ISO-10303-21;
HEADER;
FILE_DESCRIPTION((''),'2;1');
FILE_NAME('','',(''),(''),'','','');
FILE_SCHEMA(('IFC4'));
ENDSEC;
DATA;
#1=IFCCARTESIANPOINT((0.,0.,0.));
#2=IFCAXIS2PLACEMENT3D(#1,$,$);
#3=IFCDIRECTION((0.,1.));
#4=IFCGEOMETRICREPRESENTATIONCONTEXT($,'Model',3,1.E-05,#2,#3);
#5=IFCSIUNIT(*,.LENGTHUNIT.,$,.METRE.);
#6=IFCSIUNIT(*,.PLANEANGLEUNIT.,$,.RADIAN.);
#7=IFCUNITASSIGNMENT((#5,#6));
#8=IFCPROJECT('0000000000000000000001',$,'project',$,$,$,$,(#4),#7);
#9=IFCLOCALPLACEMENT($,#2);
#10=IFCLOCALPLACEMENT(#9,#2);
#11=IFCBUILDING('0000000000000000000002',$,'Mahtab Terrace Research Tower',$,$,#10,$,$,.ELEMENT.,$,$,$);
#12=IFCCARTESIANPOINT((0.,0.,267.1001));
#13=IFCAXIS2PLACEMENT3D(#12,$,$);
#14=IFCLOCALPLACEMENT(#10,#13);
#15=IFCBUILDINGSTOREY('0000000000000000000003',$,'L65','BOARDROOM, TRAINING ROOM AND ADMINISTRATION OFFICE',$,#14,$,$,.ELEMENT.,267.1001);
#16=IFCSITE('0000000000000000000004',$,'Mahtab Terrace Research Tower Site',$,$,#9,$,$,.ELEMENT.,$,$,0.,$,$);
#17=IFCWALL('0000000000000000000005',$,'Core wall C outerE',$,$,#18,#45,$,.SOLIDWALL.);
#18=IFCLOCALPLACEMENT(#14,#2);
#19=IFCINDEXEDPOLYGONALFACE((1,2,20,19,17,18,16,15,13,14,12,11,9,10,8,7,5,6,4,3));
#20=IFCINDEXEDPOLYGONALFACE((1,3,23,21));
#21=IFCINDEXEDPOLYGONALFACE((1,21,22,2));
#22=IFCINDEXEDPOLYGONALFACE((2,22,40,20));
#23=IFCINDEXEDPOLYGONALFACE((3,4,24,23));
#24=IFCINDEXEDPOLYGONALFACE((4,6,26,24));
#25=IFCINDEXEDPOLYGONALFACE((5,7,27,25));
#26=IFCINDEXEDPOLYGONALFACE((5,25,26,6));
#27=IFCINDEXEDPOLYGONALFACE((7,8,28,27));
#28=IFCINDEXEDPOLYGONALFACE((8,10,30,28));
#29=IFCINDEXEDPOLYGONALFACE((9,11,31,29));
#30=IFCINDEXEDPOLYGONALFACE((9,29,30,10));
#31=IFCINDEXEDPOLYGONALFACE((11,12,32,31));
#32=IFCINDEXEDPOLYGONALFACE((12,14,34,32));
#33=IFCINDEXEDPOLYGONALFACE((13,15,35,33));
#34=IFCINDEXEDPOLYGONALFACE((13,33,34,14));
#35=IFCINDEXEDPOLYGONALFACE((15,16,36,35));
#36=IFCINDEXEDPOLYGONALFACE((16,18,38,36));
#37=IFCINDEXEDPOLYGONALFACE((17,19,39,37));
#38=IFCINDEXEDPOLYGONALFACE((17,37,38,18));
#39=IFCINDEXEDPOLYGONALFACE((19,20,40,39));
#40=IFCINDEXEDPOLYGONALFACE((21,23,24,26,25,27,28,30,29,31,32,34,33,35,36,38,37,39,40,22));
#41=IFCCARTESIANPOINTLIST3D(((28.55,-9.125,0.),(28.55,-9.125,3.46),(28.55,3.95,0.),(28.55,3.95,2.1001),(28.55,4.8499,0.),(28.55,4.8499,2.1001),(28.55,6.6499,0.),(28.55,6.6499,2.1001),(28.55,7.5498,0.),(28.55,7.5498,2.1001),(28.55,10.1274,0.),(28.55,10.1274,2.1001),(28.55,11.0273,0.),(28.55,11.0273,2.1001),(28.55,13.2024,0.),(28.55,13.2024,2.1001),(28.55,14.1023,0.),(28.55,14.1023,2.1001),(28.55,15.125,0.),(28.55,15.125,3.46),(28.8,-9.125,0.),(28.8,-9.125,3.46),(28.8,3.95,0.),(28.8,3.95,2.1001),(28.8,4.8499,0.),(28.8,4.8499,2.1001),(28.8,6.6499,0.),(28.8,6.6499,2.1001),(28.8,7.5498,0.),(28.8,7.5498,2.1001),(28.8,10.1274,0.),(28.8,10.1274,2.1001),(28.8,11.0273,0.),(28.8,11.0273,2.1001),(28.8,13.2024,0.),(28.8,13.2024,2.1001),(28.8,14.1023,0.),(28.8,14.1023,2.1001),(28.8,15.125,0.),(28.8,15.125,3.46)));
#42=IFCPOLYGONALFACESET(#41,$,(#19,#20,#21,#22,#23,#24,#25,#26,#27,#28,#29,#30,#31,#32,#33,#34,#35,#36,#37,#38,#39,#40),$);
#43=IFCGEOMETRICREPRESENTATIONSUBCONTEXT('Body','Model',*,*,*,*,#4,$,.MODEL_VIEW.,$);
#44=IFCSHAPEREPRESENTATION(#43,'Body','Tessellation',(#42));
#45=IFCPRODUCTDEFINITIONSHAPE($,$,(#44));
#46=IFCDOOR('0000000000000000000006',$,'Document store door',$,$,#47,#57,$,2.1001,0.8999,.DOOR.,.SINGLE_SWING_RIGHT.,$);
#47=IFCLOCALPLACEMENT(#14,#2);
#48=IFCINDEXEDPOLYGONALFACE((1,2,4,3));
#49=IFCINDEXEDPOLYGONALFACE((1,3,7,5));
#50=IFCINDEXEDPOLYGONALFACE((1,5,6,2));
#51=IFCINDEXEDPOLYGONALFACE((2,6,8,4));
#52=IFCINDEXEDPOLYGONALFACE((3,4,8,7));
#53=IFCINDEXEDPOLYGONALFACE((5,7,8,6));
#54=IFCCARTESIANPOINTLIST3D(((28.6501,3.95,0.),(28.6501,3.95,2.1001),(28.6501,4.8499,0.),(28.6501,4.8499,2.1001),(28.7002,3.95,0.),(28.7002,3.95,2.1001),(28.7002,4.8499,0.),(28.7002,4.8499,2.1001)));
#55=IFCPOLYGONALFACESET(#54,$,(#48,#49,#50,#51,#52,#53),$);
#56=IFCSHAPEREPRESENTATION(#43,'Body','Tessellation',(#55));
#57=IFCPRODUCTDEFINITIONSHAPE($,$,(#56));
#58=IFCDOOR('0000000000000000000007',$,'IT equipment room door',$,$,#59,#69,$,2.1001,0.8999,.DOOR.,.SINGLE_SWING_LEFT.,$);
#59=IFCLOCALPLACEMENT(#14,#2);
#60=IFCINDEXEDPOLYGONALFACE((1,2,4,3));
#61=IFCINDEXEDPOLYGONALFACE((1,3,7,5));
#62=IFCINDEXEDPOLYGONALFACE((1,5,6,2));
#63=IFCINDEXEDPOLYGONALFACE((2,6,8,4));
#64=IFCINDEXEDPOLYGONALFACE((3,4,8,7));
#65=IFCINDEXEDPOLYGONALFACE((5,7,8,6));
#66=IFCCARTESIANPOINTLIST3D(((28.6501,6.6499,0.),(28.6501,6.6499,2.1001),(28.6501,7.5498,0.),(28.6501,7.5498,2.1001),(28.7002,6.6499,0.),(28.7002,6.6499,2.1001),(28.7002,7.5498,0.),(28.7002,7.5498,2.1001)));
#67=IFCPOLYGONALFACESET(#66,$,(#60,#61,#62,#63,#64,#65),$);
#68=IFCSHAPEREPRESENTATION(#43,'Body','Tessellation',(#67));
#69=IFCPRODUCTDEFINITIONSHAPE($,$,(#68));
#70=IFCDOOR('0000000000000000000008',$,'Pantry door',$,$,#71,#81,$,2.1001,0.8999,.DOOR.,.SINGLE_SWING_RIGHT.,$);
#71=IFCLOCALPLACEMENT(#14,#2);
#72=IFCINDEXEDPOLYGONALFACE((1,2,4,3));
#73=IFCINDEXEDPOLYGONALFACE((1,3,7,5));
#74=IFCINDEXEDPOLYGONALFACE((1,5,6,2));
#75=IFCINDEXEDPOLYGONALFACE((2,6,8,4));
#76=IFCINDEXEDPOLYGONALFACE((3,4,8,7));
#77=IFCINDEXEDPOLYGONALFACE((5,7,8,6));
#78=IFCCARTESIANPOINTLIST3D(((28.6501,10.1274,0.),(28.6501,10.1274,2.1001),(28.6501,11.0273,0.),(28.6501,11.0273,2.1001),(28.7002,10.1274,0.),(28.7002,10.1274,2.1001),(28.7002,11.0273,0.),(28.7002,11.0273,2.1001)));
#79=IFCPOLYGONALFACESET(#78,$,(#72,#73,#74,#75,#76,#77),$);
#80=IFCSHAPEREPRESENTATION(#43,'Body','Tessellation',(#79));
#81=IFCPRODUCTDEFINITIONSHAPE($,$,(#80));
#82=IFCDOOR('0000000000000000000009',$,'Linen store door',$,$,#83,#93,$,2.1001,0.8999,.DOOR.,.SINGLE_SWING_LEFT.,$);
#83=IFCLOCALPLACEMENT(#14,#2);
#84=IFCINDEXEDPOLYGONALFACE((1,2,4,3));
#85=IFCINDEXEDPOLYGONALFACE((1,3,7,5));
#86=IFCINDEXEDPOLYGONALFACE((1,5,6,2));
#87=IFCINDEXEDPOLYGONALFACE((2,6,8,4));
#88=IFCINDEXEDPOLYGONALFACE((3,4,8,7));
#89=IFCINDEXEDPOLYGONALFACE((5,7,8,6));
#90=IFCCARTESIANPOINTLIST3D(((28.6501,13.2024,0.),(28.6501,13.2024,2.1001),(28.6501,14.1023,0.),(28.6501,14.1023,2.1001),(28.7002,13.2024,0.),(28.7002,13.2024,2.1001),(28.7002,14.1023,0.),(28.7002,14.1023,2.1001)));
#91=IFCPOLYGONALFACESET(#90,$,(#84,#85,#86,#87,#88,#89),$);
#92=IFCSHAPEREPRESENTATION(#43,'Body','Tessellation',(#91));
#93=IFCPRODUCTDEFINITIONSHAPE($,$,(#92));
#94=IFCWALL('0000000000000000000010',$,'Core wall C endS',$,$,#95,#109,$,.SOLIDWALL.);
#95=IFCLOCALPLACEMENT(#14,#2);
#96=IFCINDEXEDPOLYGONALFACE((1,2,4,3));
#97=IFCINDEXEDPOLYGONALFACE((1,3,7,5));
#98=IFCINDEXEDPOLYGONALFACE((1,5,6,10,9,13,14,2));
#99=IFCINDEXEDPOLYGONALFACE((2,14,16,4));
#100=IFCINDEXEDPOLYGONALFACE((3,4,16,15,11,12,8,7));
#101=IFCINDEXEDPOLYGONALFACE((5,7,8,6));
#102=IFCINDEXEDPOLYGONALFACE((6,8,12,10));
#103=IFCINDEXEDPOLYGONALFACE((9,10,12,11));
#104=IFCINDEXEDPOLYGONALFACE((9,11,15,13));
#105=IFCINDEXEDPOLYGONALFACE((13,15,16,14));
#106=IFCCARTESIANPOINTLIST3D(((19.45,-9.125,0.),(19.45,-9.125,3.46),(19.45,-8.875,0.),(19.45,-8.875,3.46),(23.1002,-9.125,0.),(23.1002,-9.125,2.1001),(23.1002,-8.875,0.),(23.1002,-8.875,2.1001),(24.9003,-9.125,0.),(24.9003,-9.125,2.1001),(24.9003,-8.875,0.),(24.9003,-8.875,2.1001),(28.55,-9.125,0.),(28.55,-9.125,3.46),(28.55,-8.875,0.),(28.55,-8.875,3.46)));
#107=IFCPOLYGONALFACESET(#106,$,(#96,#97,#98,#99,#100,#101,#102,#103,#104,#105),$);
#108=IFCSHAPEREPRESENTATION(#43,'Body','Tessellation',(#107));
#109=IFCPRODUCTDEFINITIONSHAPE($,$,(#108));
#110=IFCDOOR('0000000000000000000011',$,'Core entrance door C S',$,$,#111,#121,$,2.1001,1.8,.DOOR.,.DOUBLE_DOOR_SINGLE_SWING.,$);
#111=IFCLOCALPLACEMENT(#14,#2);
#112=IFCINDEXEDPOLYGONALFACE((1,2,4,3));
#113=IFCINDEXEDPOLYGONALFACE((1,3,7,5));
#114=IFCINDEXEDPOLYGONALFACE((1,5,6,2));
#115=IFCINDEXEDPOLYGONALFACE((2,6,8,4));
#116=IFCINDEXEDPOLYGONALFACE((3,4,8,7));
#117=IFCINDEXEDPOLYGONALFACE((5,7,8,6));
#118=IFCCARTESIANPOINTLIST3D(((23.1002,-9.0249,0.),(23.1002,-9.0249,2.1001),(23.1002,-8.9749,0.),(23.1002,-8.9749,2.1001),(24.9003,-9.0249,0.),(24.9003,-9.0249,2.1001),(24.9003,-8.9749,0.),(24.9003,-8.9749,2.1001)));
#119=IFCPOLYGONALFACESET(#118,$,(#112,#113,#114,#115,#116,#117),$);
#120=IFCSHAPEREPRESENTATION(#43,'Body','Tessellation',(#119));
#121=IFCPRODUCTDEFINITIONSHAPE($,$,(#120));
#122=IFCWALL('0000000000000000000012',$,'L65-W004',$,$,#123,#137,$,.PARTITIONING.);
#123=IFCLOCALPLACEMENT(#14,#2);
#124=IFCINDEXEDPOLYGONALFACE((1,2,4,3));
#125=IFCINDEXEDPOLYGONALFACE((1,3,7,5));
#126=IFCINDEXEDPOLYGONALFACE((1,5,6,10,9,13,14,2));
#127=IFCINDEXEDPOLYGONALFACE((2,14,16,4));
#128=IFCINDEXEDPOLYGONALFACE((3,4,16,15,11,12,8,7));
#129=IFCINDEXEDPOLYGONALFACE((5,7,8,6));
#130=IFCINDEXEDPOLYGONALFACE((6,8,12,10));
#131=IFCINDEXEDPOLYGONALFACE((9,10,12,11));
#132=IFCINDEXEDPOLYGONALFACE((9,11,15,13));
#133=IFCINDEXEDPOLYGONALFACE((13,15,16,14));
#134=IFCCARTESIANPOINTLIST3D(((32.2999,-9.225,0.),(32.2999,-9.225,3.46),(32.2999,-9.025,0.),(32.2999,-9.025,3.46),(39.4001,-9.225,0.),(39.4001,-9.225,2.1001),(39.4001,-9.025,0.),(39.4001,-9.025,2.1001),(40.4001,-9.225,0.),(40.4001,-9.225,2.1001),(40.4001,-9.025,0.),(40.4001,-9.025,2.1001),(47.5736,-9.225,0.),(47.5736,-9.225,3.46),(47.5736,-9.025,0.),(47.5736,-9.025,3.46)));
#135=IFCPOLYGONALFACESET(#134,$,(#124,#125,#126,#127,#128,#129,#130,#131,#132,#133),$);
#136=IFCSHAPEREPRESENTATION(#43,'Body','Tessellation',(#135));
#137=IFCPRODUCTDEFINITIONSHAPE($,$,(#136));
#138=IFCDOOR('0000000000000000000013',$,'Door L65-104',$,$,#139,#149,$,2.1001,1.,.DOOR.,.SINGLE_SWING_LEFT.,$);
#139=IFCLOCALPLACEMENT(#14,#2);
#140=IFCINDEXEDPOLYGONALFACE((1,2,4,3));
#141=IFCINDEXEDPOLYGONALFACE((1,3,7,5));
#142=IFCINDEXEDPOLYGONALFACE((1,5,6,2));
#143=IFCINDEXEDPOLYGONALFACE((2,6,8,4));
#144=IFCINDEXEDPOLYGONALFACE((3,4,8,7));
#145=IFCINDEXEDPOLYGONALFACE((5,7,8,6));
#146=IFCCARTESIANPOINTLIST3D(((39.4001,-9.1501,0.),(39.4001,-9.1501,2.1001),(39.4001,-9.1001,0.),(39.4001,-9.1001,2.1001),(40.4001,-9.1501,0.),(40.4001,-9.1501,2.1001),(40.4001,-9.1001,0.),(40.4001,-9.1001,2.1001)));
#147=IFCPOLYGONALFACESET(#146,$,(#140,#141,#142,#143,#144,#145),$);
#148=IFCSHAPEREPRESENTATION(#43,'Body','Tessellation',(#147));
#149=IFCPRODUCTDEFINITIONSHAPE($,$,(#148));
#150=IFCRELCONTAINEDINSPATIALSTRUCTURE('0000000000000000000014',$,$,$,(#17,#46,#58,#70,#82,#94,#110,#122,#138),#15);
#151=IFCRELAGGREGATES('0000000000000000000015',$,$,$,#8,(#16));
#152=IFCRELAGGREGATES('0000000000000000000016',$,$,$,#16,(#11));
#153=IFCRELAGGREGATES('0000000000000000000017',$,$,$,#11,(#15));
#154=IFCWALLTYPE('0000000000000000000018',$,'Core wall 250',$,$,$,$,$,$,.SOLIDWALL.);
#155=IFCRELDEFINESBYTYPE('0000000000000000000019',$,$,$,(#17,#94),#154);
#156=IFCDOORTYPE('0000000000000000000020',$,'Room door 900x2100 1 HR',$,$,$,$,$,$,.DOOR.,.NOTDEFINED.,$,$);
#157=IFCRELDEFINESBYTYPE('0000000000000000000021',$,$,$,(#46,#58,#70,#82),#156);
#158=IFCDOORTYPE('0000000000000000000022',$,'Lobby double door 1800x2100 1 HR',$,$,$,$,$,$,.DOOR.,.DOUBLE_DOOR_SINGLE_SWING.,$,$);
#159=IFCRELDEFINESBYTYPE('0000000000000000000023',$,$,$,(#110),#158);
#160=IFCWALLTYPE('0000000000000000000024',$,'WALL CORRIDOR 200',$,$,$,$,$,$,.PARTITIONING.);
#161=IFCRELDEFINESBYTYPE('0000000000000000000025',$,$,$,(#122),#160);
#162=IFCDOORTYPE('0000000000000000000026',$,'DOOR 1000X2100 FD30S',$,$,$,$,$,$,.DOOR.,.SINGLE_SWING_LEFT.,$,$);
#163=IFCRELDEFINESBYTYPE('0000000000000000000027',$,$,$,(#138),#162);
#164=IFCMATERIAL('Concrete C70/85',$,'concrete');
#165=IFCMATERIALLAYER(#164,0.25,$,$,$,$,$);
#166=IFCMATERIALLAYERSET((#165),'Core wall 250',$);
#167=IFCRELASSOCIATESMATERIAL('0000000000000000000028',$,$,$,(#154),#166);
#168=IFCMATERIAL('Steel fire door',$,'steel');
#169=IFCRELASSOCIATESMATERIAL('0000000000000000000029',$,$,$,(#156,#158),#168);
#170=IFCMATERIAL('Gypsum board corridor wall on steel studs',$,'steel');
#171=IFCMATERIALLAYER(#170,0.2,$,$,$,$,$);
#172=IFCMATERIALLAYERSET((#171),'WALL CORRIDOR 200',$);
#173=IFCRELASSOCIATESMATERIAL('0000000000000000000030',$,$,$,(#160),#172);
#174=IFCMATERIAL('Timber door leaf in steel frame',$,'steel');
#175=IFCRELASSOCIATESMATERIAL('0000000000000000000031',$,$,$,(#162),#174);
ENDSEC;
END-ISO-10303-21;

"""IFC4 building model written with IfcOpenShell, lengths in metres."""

from ifc_helpers import new_model, si_unit, direction, frame, frame_2d, origin, place, context, subcontext, project, spatial, rectangle, extrude, material, layer, layer_set, type_object, element, fill, save


model = new_model("IFC4")

# Units and contexts
model_context = context("Model", 3, precision=1e-05, world=origin(), true_north=direction((0.0, 1.0)))
body_context = subcontext(model_context, "Body", "Model", "MODEL_VIEW")
ifc_project = project(units=[si_unit("LENGTHUNIT", "METRE"), si_unit("PLANEANGLEUNIT", "RADIAN")], contexts=[model_context])

# Site, building, storey
site_placement = place(None, origin())
site = spatial("IfcSite", under=ifc_project, at=site_placement, Name="Mahtab Terrace Research Tower Site", CompositionType="ELEMENT", RefElevation=0.0)
building_placement = place(site_placement, origin())
building = spatial("IfcBuilding", under=site, at=building_placement, Name="Mahtab Terrace Research Tower", CompositionType="ELEMENT")
storey_placement = place(building_placement, frame((0.0, 0.0, 267.1001)))
storey = spatial("IfcBuildingStorey", under=building, at=storey_placement, Name="L65", Description="BOARDROOM, TRAINING ROOM AND ADMINISTRATION OFFICE", CompositionType="ELEMENT", Elevation=267.1001)

# Shared definitions
ifc_material_1 = material(Name="Concrete C70/85", Category="concrete")

# Wall, openings, doors
ifc_layer_1 = layer(ifc_material_1, 0.25)
ifc_layer_set_1 = layer_set([ifc_layer_1], Name="Core wall 250")
wall_type_1 = type_object("IfcWallType", Name="Core wall 250", PredefinedType="SOLIDWALL", material=ifc_layer_set_1)
wall_1_placement = place(storey_placement, frame((28.675, -9.125, 0.0), z_axis=(0.0, 0.0, 1.0), x_axis=(0.0, 1.0, 0.0)))
wall_1 = element("IfcWall", 1, at=wall_1_placement, inside=storey, type_object=wall_type_1, Name="Core wall C outerE", PredefinedType="SOLIDWALL", context=body_context, shape_type="SweptSolid", body=[
    extrude(rectangle(XDim=24.25, YDim=0.25, at=frame_2d((12.125, 0.0))), origin(), (0.0, 0.0, 1.0), 3.46),
])
opening_1_placement = place(wall_1_placement, frame((13.075, 0.0, 0.0)))
opening_1 = element("IfcOpeningElement", 2, at=opening_1_placement, cuts=wall_1, PredefinedType="OPENING", context=body_context, shape_type="SweptSolid", body=[
    extrude(rectangle(XDim=0.8999, YDim=2.1001, at=frame_2d((0.45, 1.05))), frame((0.0, 0.135, 0.0), z_axis=(0.0, -1.0, 0.0), x_axis=(1.0, 0.0, 0.0)), (0.0, 0.0, 1.0), 0.27),
])
opening_2_placement = place(wall_1_placement, frame((15.7749, 0.0, 0.0)))
opening_2 = element("IfcOpeningElement", 3, at=opening_2_placement, cuts=wall_1, PredefinedType="OPENING", context=body_context, shape_type="SweptSolid", body=[
    extrude(rectangle(XDim=0.8999, YDim=2.1001, at=frame_2d((0.45, 1.05))), frame((0.0, 0.135, 0.0), z_axis=(0.0, -1.0, 0.0), x_axis=(1.0, 0.0, 0.0)), (0.0, 0.0, 1.0), 0.27),
])
opening_3_placement = place(wall_1_placement, frame((19.2524, 0.0, 0.0)))
opening_3 = element("IfcOpeningElement", 4, at=opening_3_placement, cuts=wall_1, PredefinedType="OPENING", context=body_context, shape_type="SweptSolid", body=[
    extrude(rectangle(XDim=0.8999, YDim=2.1001, at=frame_2d((0.45, 1.05))), frame((0.0, 0.135, 0.0), z_axis=(0.0, -1.0, 0.0), x_axis=(1.0, 0.0, 0.0)), (0.0, 0.0, 1.0), 0.27),
])
opening_4_placement = place(wall_1_placement, frame((22.3274, 0.0, 0.0)))
opening_4 = element("IfcOpeningElement", 5, at=opening_4_placement, cuts=wall_1, PredefinedType="OPENING", context=body_context, shape_type="SweptSolid", body=[
    extrude(rectangle(XDim=0.8999, YDim=2.1001, at=frame_2d((0.45, 1.05))), frame((0.0, 0.135, 0.0), z_axis=(0.0, -1.0, 0.0), x_axis=(1.0, 0.0, 0.0)), (0.0, 0.0, 1.0), 0.27),
])
ifc_material_2 = material(Name="Steel fire door", Category="steel")
door_type_1 = type_object("IfcDoorType", Name="Room door 900x2100 1 HR", OperationType="NOTDEFINED", PredefinedType="DOOR", material=ifc_material_2)
door_1_placement = place(opening_1_placement, origin())
door_1 = element("IfcDoor", 6, at=door_1_placement, inside=storey, type_object=door_type_1, Name="Document store door", OperationType="SINGLE_SWING_RIGHT", OverallHeight=2.1001, OverallWidth=0.8999, PredefinedType="DOOR", context=body_context, shape_type="SweptSolid", body=[
    extrude(rectangle(XDim=0.8999, YDim=2.1001, at=frame_2d((0.45, 1.05))), frame((0.0, 0.0249, 0.0), z_axis=(0.0, -1.0, 0.0), x_axis=(1.0, 0.0, 0.0)), (0.0, 0.0, 1.0), 0.05),
])
fill(opening_1, door_1)
door_2_placement = place(opening_2_placement, origin())
door_2 = element("IfcDoor", 7, at=door_2_placement, inside=storey, type_object=door_type_1, Name="IT equipment room door", OperationType="SINGLE_SWING_LEFT", OverallHeight=2.1001, OverallWidth=0.8999, PredefinedType="DOOR", context=body_context, shape_type="SweptSolid", body=[
    extrude(rectangle(XDim=0.8999, YDim=2.1001, at=frame_2d((0.45, 1.05))), frame((0.0, 0.0249, 0.0), z_axis=(0.0, -1.0, 0.0), x_axis=(1.0, 0.0, 0.0)), (0.0, 0.0, 1.0), 0.05),
])
fill(opening_2, door_2)
door_3_placement = place(opening_3_placement, origin())
door_3 = element("IfcDoor", 8, at=door_3_placement, inside=storey, type_object=door_type_1, Name="Pantry door", OperationType="SINGLE_SWING_RIGHT", OverallHeight=2.1001, OverallWidth=0.8999, PredefinedType="DOOR", context=body_context, shape_type="SweptSolid", body=[
    extrude(rectangle(XDim=0.8999, YDim=2.1001, at=frame_2d((0.45, 1.05))), frame((0.0, 0.0249, 0.0), z_axis=(0.0, -1.0, 0.0), x_axis=(1.0, 0.0, 0.0)), (0.0, 0.0, 1.0), 0.05),
])
fill(opening_3, door_3)
door_4_placement = place(opening_4_placement, origin())
door_4 = element("IfcDoor", 9, at=door_4_placement, inside=storey, type_object=door_type_1, Name="Linen store door", OperationType="SINGLE_SWING_LEFT", OverallHeight=2.1001, OverallWidth=0.8999, PredefinedType="DOOR", context=body_context, shape_type="SweptSolid", body=[
    extrude(rectangle(XDim=0.8999, YDim=2.1001, at=frame_2d((0.45, 1.05))), frame((0.0, 0.0249, 0.0), z_axis=(0.0, -1.0, 0.0), x_axis=(1.0, 0.0, 0.0)), (0.0, 0.0, 1.0), 0.05),
])
fill(opening_4, door_4)

# Walls, openings, doors
wall_2_placement = place(storey_placement, frame((28.55, -9.0, 0.0), z_axis=(0.0, 0.0, 1.0), x_axis=(-1.0, 0.0, 0.0)))
wall_2 = element("IfcWall", 10, at=wall_2_placement, inside=storey, type_object=wall_type_1, Name="Core wall C endS", PredefinedType="SOLIDWALL", context=body_context, shape_type="SweptSolid", body=[
    extrude(rectangle(XDim=9.1001, YDim=0.25, at=frame_2d((4.55, 0.0))), origin(), (0.0, 0.0, 1.0), 3.46),
])
opening_5_placement = place(wall_2_placement, frame((3.6499, 0.0, 0.0)))
opening_5 = element("IfcOpeningElement", 11, at=opening_5_placement, cuts=wall_2, PredefinedType="OPENING", context=body_context, shape_type="SweptSolid", body=[
    extrude(rectangle(XDim=1.8, YDim=2.1001, at=frame_2d((0.8999, 1.05))), frame((0.0, 0.135, 0.0), z_axis=(0.0, -1.0, 0.0), x_axis=(1.0, 0.0, 0.0)), (0.0, 0.0, 1.0), 0.27),
])
door_type_2 = type_object("IfcDoorType", Name="Lobby double door 1800x2100 1 HR", OperationType="DOUBLE_DOOR_SINGLE_SWING", PredefinedType="DOOR", material=ifc_material_2)
door_5_placement = place(opening_5_placement, origin())
door_5 = element("IfcDoor", 12, at=door_5_placement, inside=storey, type_object=door_type_2, Name="Core entrance door C S", OperationType="DOUBLE_DOOR_SINGLE_SWING", OverallHeight=2.1001, OverallWidth=1.8, PredefinedType="DOOR", context=body_context, shape_type="SweptSolid", body=[
    extrude(rectangle(XDim=1.8, YDim=2.1001, at=frame_2d((0.8999, 1.05))), frame((0.0, 0.0249, 0.0), z_axis=(0.0, -1.0, 0.0), x_axis=(1.0, 0.0, 0.0)), (0.0, 0.0, 1.0), 0.05),
])
fill(opening_5, door_5)
ifc_material_3 = material(Name="Gypsum board corridor wall on steel studs", Category="steel")
ifc_layer_2 = layer(ifc_material_3, 0.2)
ifc_layer_set_2 = layer_set([ifc_layer_2], Name="WALL CORRIDOR 200")
wall_type_2 = type_object("IfcWallType", Name="WALL CORRIDOR 200", PredefinedType="PARTITIONING", material=ifc_layer_set_2)
wall_3_placement = place(storey_placement, frame((32.3, -9.125, 0.0), z_axis=(0.0, 0.0, 1.0), x_axis=(1.0, 0.0, 0.0)))
wall_3 = element("IfcWall", 13, at=wall_3_placement, inside=storey, type_object=wall_type_2, Name="L65-W004", PredefinedType="PARTITIONING", context=body_context, shape_type="SweptSolid", body=[
    extrude(rectangle(XDim=15.2737, YDim=0.2, at=frame_2d((7.6367, 0.0))), origin(), (0.0, 0.0, 1.0), 3.46),
])
opening_6_placement = place(wall_3_placement, frame((7.1001, 0.0, 0.0)))
opening_6 = element("IfcOpeningElement", 14, at=opening_6_placement, cuts=wall_3, PredefinedType="OPENING", context=body_context, shape_type="SweptSolid", body=[
    extrude(rectangle(XDim=1.0, YDim=2.1001, at=frame_2d((0.5, 1.05))), frame((0.0, 0.1099, 0.0), z_axis=(0.0, -1.0, 0.0), x_axis=(1.0, 0.0, 0.0)), (0.0, 0.0, 1.0), 0.22),
])
ifc_material_4 = material(Name="Timber door leaf in steel frame", Category="steel")
door_type_3 = type_object("IfcDoorType", Name="DOOR 1000X2100 FD30S", OperationType="SINGLE_SWING_LEFT", PredefinedType="DOOR", material=ifc_material_4)
door_6_placement = place(opening_6_placement, origin())
door_6 = element("IfcDoor", 15, at=door_6_placement, inside=storey, type_object=door_type_3, Name="Door L65-104", OperationType="SINGLE_SWING_LEFT", OverallHeight=2.1001, OverallWidth=1.0, PredefinedType="DOOR", context=body_context, shape_type="SweptSolid", body=[
    extrude(rectangle(XDim=1.0, YDim=2.1001, at=frame_2d((0.5, 1.05))), frame((0.0, 0.0249, 0.0), z_axis=(0.0, -1.0, 0.0), x_axis=(1.0, 0.0, 0.0)), (0.0, 0.0, 1.0), 0.05),
])
fill(opening_6, door_6)

save(model, "model.ifc")
